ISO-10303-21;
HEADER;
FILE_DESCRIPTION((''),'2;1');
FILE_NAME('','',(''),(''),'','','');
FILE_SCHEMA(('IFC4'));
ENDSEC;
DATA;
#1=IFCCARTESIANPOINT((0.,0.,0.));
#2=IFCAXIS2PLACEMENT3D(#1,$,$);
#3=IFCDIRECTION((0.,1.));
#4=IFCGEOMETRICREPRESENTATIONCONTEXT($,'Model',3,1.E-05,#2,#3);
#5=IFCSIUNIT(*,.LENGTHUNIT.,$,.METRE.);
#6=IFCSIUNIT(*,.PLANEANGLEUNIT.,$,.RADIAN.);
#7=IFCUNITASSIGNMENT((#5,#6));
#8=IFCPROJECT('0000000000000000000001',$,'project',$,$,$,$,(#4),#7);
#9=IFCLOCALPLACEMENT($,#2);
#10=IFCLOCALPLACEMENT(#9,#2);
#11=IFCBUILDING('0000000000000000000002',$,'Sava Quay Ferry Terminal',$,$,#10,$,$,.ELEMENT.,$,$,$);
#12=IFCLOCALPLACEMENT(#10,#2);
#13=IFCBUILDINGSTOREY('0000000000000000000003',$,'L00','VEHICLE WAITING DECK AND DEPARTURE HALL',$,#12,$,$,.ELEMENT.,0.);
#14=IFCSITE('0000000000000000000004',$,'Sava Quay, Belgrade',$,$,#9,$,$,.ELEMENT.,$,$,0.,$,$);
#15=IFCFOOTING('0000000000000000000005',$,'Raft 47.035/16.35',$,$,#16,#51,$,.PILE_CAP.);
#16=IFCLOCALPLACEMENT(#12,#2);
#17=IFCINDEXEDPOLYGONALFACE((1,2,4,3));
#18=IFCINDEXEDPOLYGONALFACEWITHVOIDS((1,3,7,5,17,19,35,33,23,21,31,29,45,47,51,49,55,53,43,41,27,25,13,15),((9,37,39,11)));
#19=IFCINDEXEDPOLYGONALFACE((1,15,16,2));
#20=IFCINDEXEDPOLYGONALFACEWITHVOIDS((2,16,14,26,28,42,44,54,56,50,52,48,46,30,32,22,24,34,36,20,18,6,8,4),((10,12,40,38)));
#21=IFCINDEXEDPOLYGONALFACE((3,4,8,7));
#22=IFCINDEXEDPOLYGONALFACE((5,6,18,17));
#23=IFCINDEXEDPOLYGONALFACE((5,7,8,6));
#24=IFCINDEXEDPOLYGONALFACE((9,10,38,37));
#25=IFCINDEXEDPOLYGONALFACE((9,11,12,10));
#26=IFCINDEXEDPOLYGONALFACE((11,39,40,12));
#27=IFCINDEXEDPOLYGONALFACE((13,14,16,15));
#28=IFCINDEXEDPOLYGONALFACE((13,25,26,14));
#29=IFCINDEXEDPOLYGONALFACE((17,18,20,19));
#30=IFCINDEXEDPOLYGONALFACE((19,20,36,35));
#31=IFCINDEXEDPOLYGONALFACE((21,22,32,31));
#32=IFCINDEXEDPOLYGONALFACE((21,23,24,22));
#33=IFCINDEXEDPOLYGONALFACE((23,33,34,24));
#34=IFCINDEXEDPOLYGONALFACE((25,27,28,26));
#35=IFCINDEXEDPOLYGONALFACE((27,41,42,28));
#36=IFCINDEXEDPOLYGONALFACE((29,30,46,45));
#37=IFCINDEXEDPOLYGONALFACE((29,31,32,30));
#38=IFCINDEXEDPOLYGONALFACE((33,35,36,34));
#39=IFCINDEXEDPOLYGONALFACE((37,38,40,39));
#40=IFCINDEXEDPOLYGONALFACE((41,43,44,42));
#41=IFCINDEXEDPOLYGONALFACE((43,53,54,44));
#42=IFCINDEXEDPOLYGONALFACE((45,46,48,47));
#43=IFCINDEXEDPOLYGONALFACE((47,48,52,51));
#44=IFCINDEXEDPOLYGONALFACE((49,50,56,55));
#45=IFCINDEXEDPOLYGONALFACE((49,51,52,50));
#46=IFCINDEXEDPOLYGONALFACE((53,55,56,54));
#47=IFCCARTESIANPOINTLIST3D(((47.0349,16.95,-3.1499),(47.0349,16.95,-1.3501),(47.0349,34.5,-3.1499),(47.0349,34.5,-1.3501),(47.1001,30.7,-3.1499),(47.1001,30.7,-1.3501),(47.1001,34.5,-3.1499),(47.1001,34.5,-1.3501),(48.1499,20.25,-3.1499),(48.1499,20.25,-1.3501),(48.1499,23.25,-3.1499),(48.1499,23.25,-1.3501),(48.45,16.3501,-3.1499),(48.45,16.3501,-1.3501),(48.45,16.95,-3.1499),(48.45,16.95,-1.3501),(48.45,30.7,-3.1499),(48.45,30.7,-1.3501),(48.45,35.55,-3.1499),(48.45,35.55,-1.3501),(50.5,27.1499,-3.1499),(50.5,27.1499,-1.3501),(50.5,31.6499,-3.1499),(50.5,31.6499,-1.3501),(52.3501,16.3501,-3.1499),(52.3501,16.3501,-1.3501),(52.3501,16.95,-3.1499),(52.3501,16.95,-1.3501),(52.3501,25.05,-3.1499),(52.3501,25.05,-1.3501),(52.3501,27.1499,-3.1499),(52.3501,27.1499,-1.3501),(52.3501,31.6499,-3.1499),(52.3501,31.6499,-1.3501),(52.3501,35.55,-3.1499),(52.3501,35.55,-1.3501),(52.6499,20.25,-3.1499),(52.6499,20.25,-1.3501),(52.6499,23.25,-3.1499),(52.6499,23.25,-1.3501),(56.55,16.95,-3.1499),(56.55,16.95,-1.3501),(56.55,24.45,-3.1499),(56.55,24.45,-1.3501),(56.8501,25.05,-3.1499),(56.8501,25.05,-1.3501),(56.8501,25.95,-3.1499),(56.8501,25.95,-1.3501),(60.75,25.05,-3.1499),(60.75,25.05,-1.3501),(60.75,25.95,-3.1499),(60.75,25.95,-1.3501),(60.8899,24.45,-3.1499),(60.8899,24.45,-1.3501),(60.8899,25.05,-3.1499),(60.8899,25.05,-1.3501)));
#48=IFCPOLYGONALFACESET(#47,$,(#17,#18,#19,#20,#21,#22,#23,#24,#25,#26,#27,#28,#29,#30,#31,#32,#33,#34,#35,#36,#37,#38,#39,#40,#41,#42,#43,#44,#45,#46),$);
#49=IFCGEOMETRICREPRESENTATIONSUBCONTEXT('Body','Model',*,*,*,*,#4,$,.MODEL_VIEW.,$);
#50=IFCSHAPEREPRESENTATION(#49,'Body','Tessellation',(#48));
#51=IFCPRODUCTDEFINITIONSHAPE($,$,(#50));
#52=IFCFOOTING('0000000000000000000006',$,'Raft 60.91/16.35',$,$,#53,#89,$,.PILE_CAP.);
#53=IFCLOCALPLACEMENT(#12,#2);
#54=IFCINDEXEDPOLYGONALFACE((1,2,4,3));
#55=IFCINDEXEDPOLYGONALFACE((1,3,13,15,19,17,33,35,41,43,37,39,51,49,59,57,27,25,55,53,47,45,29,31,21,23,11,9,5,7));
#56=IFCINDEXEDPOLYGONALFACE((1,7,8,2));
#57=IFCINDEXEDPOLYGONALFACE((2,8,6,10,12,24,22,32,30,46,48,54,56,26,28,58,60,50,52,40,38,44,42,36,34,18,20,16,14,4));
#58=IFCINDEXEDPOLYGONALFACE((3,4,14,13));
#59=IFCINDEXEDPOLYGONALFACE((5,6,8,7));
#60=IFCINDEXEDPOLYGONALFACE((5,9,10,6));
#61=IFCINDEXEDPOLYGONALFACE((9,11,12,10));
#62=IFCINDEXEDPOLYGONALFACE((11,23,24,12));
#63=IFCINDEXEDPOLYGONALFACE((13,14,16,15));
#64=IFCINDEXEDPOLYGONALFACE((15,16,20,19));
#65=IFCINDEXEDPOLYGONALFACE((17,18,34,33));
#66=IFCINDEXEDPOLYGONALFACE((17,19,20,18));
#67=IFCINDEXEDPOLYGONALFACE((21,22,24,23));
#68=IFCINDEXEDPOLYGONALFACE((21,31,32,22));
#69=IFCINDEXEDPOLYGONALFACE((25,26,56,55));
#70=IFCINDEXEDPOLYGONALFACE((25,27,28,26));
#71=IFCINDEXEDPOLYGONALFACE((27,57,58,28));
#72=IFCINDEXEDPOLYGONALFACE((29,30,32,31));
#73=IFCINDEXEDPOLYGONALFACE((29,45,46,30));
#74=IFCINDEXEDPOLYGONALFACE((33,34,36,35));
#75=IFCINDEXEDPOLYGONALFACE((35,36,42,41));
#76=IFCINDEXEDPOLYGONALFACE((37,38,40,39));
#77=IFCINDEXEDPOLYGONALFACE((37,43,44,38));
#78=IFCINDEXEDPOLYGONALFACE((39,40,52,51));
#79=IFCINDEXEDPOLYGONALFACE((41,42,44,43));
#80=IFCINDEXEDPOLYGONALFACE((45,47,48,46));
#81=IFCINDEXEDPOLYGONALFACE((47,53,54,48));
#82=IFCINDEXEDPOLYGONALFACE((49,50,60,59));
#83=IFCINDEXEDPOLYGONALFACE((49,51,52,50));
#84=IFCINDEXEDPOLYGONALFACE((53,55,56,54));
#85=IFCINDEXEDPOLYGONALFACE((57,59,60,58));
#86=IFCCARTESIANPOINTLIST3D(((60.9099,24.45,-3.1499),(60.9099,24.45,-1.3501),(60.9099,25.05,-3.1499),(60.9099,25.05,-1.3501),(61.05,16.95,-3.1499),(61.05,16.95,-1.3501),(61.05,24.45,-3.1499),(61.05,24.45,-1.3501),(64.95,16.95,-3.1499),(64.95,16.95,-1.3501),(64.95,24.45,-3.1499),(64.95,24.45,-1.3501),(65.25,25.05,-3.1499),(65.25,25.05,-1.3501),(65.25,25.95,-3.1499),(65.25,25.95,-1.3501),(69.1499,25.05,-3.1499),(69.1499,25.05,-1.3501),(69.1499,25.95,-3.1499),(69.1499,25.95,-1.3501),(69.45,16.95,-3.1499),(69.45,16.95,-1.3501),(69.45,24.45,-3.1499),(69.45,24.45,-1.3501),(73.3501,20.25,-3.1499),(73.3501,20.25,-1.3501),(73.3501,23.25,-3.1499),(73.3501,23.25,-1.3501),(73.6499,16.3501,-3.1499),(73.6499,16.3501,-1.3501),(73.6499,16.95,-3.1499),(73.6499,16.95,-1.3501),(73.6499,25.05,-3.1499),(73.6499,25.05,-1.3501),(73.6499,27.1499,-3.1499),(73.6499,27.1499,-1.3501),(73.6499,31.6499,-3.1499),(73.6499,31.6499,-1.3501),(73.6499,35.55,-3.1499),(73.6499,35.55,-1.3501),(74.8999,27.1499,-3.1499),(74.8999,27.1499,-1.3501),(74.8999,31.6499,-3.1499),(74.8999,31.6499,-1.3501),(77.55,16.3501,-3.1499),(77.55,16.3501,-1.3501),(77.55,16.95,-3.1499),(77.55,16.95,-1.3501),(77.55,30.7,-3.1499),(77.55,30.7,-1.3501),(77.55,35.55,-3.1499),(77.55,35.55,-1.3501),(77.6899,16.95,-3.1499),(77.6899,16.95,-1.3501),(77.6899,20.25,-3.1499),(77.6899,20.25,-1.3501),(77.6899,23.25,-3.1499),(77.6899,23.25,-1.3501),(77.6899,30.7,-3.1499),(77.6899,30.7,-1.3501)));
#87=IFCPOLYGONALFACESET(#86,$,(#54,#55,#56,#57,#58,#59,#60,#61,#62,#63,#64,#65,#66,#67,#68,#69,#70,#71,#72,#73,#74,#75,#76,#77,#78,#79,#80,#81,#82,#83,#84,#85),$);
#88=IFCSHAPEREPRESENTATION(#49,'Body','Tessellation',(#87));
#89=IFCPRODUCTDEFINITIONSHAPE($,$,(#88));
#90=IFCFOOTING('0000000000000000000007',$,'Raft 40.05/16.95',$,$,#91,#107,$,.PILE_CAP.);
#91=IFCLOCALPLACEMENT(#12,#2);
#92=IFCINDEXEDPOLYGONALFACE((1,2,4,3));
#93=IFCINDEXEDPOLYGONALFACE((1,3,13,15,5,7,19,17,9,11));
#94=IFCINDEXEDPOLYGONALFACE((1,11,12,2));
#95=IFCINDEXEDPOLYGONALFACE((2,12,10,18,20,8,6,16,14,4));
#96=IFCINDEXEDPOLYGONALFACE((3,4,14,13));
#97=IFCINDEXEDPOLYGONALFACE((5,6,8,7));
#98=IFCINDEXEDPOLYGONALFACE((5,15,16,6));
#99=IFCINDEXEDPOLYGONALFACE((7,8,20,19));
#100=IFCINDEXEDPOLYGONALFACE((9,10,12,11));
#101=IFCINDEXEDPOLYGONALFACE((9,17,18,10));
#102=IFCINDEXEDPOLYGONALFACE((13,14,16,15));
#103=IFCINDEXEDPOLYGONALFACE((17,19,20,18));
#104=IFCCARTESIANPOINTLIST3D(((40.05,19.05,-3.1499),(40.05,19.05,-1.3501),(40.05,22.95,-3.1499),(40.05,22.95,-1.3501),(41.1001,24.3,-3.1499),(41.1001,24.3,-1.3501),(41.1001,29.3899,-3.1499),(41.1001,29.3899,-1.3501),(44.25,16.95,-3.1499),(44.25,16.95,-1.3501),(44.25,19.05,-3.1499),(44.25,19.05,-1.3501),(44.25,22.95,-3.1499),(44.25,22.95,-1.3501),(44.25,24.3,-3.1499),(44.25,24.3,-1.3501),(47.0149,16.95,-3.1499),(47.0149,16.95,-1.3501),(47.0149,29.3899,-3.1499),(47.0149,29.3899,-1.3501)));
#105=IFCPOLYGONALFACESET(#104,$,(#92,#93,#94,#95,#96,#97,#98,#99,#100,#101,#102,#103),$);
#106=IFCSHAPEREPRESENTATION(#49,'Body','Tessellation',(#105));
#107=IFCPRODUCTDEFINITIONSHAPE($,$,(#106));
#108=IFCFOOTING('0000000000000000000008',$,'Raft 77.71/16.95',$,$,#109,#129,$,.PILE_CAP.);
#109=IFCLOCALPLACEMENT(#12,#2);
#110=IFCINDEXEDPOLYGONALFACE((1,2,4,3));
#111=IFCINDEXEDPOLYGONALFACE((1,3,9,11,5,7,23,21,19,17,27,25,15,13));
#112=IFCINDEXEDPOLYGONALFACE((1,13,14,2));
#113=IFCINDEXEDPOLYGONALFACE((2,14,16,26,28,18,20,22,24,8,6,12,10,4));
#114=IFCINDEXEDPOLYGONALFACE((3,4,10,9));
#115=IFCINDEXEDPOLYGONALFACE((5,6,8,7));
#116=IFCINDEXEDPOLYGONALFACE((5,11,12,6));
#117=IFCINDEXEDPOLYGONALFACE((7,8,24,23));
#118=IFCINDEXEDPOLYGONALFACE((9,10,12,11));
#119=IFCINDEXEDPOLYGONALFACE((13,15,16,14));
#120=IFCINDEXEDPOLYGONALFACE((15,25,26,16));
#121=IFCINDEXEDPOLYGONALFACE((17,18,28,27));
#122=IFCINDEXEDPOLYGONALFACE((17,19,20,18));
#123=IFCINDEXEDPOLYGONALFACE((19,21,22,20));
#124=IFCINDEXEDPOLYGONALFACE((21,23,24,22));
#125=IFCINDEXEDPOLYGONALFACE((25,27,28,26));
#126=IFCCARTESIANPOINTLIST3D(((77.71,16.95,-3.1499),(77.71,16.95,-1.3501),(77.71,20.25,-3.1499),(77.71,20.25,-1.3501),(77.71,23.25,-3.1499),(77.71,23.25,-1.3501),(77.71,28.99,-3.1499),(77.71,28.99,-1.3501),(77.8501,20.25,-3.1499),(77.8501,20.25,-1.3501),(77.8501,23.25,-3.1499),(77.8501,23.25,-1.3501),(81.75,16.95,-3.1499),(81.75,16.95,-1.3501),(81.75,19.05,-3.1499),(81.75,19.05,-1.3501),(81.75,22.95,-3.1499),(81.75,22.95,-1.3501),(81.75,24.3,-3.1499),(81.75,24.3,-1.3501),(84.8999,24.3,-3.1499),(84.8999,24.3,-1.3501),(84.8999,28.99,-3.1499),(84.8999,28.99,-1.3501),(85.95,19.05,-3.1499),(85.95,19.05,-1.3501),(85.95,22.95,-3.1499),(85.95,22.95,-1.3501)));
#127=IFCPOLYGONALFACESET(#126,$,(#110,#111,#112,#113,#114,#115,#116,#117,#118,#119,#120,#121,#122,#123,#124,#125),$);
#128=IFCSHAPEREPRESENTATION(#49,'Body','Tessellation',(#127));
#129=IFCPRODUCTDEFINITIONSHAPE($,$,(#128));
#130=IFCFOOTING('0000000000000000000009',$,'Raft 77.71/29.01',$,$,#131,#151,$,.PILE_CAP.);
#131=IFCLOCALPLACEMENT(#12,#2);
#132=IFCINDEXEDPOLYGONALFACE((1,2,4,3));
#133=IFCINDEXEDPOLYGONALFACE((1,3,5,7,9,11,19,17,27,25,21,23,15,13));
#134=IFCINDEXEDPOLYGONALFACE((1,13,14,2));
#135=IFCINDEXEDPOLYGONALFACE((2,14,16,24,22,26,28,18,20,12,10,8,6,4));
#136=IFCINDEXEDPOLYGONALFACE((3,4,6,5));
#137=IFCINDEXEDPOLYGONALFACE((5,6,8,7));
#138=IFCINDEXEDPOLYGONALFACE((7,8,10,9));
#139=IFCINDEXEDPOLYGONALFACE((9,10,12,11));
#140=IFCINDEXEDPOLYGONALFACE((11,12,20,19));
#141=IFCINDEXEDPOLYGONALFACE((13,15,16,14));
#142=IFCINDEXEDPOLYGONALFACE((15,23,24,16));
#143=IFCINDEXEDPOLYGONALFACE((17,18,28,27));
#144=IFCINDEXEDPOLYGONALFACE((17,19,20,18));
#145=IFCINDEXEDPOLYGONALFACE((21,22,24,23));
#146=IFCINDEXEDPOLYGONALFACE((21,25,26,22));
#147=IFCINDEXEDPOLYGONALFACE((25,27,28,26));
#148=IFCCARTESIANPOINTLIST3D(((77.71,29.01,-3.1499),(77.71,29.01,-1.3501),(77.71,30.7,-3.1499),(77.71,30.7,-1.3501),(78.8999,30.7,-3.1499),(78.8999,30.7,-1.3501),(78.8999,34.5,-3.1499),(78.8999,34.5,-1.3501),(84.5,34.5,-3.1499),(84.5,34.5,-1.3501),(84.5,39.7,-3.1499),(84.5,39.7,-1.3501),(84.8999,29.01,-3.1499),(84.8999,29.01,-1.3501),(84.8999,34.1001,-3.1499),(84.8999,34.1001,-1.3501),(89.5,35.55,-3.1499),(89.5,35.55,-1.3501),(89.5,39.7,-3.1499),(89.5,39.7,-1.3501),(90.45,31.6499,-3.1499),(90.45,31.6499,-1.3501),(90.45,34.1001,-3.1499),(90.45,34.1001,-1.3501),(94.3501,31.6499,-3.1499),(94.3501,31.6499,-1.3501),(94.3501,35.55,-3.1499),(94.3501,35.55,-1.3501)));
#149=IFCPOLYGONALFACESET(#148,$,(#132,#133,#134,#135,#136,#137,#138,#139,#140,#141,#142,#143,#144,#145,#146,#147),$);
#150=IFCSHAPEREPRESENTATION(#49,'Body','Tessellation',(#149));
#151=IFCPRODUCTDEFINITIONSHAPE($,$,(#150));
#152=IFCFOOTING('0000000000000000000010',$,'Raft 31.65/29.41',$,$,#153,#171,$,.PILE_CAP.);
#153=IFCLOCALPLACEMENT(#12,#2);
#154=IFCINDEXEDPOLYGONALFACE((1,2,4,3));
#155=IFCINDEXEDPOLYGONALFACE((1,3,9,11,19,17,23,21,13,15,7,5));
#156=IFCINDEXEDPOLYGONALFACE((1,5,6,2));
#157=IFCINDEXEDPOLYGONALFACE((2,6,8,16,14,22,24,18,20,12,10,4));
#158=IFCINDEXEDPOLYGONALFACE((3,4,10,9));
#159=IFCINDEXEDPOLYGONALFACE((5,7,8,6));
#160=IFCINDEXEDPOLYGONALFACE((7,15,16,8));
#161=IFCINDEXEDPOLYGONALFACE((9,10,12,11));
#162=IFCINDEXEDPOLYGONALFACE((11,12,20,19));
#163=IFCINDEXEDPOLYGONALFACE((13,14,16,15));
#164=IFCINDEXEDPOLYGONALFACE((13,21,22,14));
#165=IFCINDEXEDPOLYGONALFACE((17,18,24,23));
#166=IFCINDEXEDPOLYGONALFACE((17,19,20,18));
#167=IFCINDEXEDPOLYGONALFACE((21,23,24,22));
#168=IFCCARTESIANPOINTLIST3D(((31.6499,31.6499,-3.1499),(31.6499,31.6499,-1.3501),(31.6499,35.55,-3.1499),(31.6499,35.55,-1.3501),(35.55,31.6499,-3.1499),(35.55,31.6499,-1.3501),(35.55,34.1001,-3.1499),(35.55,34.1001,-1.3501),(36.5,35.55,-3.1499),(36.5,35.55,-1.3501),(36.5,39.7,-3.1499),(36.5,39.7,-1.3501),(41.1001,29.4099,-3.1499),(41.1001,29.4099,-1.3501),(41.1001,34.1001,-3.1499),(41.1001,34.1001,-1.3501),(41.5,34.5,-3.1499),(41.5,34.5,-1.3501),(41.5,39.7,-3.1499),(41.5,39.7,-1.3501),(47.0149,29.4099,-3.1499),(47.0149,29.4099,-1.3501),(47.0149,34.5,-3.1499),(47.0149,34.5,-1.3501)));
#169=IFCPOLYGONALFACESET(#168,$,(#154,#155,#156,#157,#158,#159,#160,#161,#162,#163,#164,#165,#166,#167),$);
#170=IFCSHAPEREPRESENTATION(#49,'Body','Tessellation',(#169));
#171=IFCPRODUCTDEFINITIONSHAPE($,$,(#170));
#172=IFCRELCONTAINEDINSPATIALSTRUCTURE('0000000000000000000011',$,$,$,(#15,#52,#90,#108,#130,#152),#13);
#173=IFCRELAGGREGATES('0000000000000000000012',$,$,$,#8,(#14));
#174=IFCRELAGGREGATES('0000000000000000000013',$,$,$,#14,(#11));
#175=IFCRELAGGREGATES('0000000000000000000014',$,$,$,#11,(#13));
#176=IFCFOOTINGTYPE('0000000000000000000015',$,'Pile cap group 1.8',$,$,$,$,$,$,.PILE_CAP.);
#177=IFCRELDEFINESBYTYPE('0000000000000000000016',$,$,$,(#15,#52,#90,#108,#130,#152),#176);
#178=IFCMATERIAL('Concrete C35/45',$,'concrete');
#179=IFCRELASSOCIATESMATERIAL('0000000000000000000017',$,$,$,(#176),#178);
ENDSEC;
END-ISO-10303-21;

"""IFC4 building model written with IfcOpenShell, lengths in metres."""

from ifc_helpers import new_model, si_unit, direction, frame, origin, place, context, subcontext, project, spatial, polyline, outline, extrude, material, type_object, element, save


model = new_model("IFC4")

# Units and contexts
model_context = context("Model", 3, precision=1e-05, world=origin(), true_north=direction((0.0, 1.0)))
body_context = subcontext(model_context, "Body", "Model", "MODEL_VIEW")
ifc_project = project(units=[si_unit("LENGTHUNIT", "METRE"), si_unit("PLANEANGLEUNIT", "RADIAN")], contexts=[model_context])

# Site, building, storey
site_placement = place(None, origin())
site = spatial("IfcSite", under=ifc_project, at=site_placement, Name="Sava Quay, Belgrade", CompositionType="ELEMENT", RefElevation=0.0)
building_placement = place(site_placement, origin())
building = spatial("IfcBuilding", under=site, at=building_placement, Name="Sava Quay Ferry Terminal", CompositionType="ELEMENT")
storey_placement = place(building_placement, origin())
storey = spatial("IfcBuildingStorey", under=building, at=storey_placement, Name="L00", Description="VEHICLE WAITING DECK AND DEPARTURE HALL", CompositionType="ELEMENT", Elevation=0.0)

# Footings
ifc_material_1 = material(Name="Concrete C35/45", Category="concrete")
footing_type = type_object("IfcFootingType", Name="Pile cap group 1.8", PredefinedType="PILE_CAP", material=ifc_material_1)
footing_1_placement = place(storey_placement, frame((0.0, 0.0, -3.1499)))
element("IfcFooting", 1, at=footing_1_placement, inside=storey, type_object=footing_type, Name="Raft 47.035/16.35", PredefinedType="PILE_CAP", context=body_context, shape_type="SweptSolid", body=[
    extrude(outline(polyline([(47.1001, 34.5), (47.1001, 30.7), (48.45, 30.7), (48.45, 35.55), (52.3501, 35.55), (52.3501, 31.6499), (50.5, 31.6499), (50.5, 27.1499), (52.3501, 27.1499), (52.3501, 25.05), (56.8501, 25.05), (56.8501, 25.95), (60.75, 25.95), (60.75, 25.05), (60.8899, 25.05), (60.8899, 24.45), (56.55, 24.45), (56.55, 16.95), (52.3501, 16.95), (52.3501, 16.3501), (48.45, 16.3501), (48.45, 16.95), (47.0349, 16.95), (47.0349, 34.5), (47.1001, 34.5)]), holes=[polyline([(48.1499, 23.25), (48.1499, 20.25), (52.6499, 20.25), (52.6499, 23.25), (48.1499, 23.25)])]), origin(), (0.0, 0.0, 1.0), 1.7998),
])
footing_2_placement = place(storey_placement, frame((0.0, 0.0, -3.1499)))
element("IfcFooting", 2, at=footing_2_placement, inside=storey, type_object=footing_type, Name="Raft 60.91/16.35", PredefinedType="PILE_CAP", context=body_context, shape_type="SweptSolid", body=[
    extrude(outline(polyline([(65.25, 25.95), (69.1499, 25.95), (69.1499, 25.05), (73.6499, 25.05), (73.6499, 27.1499), (74.8999, 27.1499), (74.8999, 31.6499), (73.6499, 31.6499), (73.6499, 35.55), (77.55, 35.55), (77.55, 30.7), (77.6899, 30.7), (77.6899, 23.25), (73.3501, 23.25), (73.3501, 20.25), (77.6899, 20.25), (77.6899, 16.95), (77.55, 16.95), (77.55, 16.3501), (73.6499, 16.3501), (73.6499, 16.95), (69.45, 16.95), (69.45, 24.45), (64.95, 24.45), (64.95, 16.95), (61.05, 16.95), (61.05, 24.45), (60.9099, 24.45), (60.9099, 25.05), (65.25, 25.05), (65.25, 25.95)])), origin(), (0.0, 0.0, 1.0), 1.7998),
])
footing_3_placement = place(storey_placement, frame((0.0, 0.0, -3.1499)))
element("IfcFooting", 3, at=footing_3_placement, inside=storey, type_object=footing_type, Name="Raft 40.05/16.95", PredefinedType="PILE_CAP", context=body_context, shape_type="SweptSolid", body=[
    extrude(outline(polyline([(47.0149, 16.95), (44.25, 16.95), (44.25, 19.05), (40.05, 19.05), (40.05, 22.95), (44.25, 22.95), (44.25, 24.3), (41.1001, 24.3), (41.1001, 29.3899), (47.0149, 29.3899), (47.0149, 16.95)])), origin(), (0.0, 0.0, 1.0), 1.7998),
])
footing_4_placement = place(storey_placement, frame((0.0, 0.0, -3.1499)))
element("IfcFooting", 4, at=footing_4_placement, inside=storey, type_object=footing_type, Name="Raft 77.71/16.95", PredefinedType="PILE_CAP", context=body_context, shape_type="SweptSolid", body=[
    extrude(outline(polyline([(84.8999, 24.3), (81.75, 24.3), (81.75, 22.95), (85.95, 22.95), (85.95, 19.05), (81.75, 19.05), (81.75, 16.95), (77.71, 16.95), (77.71, 20.25), (77.8501, 20.25), (77.8501, 23.25), (77.71, 23.25), (77.71, 28.99), (84.8999, 28.99), (84.8999, 24.3)])), origin(), (0.0, 0.0, 1.0), 1.7998),
])
footing_5_placement = place(storey_placement, frame((0.0, 0.0, -3.1499)))
element("IfcFooting", 5, at=footing_5_placement, inside=storey, type_object=footing_type, Name="Raft 77.71/29.01", PredefinedType="PILE_CAP", context=body_context, shape_type="SweptSolid", body=[
    extrude(outline(polyline([(78.8999, 34.5), (84.5, 34.5), (84.5, 39.7), (89.5, 39.7), (89.5, 35.55), (94.3501, 35.55), (94.3501, 31.6499), (90.45, 31.6499), (90.45, 34.1001), (84.8999, 34.1001), (84.8999, 29.01), (77.71, 29.01), (77.71, 30.7), (78.8999, 30.7), (78.8999, 34.5)])), origin(), (0.0, 0.0, 1.0), 1.7998),
])
footing_6_placement = place(storey_placement, frame((0.0, 0.0, -3.1499)))
element("IfcFooting", 6, at=footing_6_placement, inside=storey, type_object=footing_type, Name="Raft 31.65/29.41", PredefinedType="PILE_CAP", context=body_context, shape_type="SweptSolid", body=[
    extrude(outline(polyline([(47.0149, 34.5), (47.0149, 29.4099), (41.1001, 29.4099), (41.1001, 34.1001), (35.55, 34.1001), (35.55, 31.6499), (31.6499, 31.6499), (31.6499, 35.55), (36.5, 35.55), (36.5, 39.7), (41.5, 39.7), (41.5, 34.5), (47.0149, 34.5)])), origin(), (0.0, 0.0, 1.0), 1.7998),
])

save(model, "model.ifc")
